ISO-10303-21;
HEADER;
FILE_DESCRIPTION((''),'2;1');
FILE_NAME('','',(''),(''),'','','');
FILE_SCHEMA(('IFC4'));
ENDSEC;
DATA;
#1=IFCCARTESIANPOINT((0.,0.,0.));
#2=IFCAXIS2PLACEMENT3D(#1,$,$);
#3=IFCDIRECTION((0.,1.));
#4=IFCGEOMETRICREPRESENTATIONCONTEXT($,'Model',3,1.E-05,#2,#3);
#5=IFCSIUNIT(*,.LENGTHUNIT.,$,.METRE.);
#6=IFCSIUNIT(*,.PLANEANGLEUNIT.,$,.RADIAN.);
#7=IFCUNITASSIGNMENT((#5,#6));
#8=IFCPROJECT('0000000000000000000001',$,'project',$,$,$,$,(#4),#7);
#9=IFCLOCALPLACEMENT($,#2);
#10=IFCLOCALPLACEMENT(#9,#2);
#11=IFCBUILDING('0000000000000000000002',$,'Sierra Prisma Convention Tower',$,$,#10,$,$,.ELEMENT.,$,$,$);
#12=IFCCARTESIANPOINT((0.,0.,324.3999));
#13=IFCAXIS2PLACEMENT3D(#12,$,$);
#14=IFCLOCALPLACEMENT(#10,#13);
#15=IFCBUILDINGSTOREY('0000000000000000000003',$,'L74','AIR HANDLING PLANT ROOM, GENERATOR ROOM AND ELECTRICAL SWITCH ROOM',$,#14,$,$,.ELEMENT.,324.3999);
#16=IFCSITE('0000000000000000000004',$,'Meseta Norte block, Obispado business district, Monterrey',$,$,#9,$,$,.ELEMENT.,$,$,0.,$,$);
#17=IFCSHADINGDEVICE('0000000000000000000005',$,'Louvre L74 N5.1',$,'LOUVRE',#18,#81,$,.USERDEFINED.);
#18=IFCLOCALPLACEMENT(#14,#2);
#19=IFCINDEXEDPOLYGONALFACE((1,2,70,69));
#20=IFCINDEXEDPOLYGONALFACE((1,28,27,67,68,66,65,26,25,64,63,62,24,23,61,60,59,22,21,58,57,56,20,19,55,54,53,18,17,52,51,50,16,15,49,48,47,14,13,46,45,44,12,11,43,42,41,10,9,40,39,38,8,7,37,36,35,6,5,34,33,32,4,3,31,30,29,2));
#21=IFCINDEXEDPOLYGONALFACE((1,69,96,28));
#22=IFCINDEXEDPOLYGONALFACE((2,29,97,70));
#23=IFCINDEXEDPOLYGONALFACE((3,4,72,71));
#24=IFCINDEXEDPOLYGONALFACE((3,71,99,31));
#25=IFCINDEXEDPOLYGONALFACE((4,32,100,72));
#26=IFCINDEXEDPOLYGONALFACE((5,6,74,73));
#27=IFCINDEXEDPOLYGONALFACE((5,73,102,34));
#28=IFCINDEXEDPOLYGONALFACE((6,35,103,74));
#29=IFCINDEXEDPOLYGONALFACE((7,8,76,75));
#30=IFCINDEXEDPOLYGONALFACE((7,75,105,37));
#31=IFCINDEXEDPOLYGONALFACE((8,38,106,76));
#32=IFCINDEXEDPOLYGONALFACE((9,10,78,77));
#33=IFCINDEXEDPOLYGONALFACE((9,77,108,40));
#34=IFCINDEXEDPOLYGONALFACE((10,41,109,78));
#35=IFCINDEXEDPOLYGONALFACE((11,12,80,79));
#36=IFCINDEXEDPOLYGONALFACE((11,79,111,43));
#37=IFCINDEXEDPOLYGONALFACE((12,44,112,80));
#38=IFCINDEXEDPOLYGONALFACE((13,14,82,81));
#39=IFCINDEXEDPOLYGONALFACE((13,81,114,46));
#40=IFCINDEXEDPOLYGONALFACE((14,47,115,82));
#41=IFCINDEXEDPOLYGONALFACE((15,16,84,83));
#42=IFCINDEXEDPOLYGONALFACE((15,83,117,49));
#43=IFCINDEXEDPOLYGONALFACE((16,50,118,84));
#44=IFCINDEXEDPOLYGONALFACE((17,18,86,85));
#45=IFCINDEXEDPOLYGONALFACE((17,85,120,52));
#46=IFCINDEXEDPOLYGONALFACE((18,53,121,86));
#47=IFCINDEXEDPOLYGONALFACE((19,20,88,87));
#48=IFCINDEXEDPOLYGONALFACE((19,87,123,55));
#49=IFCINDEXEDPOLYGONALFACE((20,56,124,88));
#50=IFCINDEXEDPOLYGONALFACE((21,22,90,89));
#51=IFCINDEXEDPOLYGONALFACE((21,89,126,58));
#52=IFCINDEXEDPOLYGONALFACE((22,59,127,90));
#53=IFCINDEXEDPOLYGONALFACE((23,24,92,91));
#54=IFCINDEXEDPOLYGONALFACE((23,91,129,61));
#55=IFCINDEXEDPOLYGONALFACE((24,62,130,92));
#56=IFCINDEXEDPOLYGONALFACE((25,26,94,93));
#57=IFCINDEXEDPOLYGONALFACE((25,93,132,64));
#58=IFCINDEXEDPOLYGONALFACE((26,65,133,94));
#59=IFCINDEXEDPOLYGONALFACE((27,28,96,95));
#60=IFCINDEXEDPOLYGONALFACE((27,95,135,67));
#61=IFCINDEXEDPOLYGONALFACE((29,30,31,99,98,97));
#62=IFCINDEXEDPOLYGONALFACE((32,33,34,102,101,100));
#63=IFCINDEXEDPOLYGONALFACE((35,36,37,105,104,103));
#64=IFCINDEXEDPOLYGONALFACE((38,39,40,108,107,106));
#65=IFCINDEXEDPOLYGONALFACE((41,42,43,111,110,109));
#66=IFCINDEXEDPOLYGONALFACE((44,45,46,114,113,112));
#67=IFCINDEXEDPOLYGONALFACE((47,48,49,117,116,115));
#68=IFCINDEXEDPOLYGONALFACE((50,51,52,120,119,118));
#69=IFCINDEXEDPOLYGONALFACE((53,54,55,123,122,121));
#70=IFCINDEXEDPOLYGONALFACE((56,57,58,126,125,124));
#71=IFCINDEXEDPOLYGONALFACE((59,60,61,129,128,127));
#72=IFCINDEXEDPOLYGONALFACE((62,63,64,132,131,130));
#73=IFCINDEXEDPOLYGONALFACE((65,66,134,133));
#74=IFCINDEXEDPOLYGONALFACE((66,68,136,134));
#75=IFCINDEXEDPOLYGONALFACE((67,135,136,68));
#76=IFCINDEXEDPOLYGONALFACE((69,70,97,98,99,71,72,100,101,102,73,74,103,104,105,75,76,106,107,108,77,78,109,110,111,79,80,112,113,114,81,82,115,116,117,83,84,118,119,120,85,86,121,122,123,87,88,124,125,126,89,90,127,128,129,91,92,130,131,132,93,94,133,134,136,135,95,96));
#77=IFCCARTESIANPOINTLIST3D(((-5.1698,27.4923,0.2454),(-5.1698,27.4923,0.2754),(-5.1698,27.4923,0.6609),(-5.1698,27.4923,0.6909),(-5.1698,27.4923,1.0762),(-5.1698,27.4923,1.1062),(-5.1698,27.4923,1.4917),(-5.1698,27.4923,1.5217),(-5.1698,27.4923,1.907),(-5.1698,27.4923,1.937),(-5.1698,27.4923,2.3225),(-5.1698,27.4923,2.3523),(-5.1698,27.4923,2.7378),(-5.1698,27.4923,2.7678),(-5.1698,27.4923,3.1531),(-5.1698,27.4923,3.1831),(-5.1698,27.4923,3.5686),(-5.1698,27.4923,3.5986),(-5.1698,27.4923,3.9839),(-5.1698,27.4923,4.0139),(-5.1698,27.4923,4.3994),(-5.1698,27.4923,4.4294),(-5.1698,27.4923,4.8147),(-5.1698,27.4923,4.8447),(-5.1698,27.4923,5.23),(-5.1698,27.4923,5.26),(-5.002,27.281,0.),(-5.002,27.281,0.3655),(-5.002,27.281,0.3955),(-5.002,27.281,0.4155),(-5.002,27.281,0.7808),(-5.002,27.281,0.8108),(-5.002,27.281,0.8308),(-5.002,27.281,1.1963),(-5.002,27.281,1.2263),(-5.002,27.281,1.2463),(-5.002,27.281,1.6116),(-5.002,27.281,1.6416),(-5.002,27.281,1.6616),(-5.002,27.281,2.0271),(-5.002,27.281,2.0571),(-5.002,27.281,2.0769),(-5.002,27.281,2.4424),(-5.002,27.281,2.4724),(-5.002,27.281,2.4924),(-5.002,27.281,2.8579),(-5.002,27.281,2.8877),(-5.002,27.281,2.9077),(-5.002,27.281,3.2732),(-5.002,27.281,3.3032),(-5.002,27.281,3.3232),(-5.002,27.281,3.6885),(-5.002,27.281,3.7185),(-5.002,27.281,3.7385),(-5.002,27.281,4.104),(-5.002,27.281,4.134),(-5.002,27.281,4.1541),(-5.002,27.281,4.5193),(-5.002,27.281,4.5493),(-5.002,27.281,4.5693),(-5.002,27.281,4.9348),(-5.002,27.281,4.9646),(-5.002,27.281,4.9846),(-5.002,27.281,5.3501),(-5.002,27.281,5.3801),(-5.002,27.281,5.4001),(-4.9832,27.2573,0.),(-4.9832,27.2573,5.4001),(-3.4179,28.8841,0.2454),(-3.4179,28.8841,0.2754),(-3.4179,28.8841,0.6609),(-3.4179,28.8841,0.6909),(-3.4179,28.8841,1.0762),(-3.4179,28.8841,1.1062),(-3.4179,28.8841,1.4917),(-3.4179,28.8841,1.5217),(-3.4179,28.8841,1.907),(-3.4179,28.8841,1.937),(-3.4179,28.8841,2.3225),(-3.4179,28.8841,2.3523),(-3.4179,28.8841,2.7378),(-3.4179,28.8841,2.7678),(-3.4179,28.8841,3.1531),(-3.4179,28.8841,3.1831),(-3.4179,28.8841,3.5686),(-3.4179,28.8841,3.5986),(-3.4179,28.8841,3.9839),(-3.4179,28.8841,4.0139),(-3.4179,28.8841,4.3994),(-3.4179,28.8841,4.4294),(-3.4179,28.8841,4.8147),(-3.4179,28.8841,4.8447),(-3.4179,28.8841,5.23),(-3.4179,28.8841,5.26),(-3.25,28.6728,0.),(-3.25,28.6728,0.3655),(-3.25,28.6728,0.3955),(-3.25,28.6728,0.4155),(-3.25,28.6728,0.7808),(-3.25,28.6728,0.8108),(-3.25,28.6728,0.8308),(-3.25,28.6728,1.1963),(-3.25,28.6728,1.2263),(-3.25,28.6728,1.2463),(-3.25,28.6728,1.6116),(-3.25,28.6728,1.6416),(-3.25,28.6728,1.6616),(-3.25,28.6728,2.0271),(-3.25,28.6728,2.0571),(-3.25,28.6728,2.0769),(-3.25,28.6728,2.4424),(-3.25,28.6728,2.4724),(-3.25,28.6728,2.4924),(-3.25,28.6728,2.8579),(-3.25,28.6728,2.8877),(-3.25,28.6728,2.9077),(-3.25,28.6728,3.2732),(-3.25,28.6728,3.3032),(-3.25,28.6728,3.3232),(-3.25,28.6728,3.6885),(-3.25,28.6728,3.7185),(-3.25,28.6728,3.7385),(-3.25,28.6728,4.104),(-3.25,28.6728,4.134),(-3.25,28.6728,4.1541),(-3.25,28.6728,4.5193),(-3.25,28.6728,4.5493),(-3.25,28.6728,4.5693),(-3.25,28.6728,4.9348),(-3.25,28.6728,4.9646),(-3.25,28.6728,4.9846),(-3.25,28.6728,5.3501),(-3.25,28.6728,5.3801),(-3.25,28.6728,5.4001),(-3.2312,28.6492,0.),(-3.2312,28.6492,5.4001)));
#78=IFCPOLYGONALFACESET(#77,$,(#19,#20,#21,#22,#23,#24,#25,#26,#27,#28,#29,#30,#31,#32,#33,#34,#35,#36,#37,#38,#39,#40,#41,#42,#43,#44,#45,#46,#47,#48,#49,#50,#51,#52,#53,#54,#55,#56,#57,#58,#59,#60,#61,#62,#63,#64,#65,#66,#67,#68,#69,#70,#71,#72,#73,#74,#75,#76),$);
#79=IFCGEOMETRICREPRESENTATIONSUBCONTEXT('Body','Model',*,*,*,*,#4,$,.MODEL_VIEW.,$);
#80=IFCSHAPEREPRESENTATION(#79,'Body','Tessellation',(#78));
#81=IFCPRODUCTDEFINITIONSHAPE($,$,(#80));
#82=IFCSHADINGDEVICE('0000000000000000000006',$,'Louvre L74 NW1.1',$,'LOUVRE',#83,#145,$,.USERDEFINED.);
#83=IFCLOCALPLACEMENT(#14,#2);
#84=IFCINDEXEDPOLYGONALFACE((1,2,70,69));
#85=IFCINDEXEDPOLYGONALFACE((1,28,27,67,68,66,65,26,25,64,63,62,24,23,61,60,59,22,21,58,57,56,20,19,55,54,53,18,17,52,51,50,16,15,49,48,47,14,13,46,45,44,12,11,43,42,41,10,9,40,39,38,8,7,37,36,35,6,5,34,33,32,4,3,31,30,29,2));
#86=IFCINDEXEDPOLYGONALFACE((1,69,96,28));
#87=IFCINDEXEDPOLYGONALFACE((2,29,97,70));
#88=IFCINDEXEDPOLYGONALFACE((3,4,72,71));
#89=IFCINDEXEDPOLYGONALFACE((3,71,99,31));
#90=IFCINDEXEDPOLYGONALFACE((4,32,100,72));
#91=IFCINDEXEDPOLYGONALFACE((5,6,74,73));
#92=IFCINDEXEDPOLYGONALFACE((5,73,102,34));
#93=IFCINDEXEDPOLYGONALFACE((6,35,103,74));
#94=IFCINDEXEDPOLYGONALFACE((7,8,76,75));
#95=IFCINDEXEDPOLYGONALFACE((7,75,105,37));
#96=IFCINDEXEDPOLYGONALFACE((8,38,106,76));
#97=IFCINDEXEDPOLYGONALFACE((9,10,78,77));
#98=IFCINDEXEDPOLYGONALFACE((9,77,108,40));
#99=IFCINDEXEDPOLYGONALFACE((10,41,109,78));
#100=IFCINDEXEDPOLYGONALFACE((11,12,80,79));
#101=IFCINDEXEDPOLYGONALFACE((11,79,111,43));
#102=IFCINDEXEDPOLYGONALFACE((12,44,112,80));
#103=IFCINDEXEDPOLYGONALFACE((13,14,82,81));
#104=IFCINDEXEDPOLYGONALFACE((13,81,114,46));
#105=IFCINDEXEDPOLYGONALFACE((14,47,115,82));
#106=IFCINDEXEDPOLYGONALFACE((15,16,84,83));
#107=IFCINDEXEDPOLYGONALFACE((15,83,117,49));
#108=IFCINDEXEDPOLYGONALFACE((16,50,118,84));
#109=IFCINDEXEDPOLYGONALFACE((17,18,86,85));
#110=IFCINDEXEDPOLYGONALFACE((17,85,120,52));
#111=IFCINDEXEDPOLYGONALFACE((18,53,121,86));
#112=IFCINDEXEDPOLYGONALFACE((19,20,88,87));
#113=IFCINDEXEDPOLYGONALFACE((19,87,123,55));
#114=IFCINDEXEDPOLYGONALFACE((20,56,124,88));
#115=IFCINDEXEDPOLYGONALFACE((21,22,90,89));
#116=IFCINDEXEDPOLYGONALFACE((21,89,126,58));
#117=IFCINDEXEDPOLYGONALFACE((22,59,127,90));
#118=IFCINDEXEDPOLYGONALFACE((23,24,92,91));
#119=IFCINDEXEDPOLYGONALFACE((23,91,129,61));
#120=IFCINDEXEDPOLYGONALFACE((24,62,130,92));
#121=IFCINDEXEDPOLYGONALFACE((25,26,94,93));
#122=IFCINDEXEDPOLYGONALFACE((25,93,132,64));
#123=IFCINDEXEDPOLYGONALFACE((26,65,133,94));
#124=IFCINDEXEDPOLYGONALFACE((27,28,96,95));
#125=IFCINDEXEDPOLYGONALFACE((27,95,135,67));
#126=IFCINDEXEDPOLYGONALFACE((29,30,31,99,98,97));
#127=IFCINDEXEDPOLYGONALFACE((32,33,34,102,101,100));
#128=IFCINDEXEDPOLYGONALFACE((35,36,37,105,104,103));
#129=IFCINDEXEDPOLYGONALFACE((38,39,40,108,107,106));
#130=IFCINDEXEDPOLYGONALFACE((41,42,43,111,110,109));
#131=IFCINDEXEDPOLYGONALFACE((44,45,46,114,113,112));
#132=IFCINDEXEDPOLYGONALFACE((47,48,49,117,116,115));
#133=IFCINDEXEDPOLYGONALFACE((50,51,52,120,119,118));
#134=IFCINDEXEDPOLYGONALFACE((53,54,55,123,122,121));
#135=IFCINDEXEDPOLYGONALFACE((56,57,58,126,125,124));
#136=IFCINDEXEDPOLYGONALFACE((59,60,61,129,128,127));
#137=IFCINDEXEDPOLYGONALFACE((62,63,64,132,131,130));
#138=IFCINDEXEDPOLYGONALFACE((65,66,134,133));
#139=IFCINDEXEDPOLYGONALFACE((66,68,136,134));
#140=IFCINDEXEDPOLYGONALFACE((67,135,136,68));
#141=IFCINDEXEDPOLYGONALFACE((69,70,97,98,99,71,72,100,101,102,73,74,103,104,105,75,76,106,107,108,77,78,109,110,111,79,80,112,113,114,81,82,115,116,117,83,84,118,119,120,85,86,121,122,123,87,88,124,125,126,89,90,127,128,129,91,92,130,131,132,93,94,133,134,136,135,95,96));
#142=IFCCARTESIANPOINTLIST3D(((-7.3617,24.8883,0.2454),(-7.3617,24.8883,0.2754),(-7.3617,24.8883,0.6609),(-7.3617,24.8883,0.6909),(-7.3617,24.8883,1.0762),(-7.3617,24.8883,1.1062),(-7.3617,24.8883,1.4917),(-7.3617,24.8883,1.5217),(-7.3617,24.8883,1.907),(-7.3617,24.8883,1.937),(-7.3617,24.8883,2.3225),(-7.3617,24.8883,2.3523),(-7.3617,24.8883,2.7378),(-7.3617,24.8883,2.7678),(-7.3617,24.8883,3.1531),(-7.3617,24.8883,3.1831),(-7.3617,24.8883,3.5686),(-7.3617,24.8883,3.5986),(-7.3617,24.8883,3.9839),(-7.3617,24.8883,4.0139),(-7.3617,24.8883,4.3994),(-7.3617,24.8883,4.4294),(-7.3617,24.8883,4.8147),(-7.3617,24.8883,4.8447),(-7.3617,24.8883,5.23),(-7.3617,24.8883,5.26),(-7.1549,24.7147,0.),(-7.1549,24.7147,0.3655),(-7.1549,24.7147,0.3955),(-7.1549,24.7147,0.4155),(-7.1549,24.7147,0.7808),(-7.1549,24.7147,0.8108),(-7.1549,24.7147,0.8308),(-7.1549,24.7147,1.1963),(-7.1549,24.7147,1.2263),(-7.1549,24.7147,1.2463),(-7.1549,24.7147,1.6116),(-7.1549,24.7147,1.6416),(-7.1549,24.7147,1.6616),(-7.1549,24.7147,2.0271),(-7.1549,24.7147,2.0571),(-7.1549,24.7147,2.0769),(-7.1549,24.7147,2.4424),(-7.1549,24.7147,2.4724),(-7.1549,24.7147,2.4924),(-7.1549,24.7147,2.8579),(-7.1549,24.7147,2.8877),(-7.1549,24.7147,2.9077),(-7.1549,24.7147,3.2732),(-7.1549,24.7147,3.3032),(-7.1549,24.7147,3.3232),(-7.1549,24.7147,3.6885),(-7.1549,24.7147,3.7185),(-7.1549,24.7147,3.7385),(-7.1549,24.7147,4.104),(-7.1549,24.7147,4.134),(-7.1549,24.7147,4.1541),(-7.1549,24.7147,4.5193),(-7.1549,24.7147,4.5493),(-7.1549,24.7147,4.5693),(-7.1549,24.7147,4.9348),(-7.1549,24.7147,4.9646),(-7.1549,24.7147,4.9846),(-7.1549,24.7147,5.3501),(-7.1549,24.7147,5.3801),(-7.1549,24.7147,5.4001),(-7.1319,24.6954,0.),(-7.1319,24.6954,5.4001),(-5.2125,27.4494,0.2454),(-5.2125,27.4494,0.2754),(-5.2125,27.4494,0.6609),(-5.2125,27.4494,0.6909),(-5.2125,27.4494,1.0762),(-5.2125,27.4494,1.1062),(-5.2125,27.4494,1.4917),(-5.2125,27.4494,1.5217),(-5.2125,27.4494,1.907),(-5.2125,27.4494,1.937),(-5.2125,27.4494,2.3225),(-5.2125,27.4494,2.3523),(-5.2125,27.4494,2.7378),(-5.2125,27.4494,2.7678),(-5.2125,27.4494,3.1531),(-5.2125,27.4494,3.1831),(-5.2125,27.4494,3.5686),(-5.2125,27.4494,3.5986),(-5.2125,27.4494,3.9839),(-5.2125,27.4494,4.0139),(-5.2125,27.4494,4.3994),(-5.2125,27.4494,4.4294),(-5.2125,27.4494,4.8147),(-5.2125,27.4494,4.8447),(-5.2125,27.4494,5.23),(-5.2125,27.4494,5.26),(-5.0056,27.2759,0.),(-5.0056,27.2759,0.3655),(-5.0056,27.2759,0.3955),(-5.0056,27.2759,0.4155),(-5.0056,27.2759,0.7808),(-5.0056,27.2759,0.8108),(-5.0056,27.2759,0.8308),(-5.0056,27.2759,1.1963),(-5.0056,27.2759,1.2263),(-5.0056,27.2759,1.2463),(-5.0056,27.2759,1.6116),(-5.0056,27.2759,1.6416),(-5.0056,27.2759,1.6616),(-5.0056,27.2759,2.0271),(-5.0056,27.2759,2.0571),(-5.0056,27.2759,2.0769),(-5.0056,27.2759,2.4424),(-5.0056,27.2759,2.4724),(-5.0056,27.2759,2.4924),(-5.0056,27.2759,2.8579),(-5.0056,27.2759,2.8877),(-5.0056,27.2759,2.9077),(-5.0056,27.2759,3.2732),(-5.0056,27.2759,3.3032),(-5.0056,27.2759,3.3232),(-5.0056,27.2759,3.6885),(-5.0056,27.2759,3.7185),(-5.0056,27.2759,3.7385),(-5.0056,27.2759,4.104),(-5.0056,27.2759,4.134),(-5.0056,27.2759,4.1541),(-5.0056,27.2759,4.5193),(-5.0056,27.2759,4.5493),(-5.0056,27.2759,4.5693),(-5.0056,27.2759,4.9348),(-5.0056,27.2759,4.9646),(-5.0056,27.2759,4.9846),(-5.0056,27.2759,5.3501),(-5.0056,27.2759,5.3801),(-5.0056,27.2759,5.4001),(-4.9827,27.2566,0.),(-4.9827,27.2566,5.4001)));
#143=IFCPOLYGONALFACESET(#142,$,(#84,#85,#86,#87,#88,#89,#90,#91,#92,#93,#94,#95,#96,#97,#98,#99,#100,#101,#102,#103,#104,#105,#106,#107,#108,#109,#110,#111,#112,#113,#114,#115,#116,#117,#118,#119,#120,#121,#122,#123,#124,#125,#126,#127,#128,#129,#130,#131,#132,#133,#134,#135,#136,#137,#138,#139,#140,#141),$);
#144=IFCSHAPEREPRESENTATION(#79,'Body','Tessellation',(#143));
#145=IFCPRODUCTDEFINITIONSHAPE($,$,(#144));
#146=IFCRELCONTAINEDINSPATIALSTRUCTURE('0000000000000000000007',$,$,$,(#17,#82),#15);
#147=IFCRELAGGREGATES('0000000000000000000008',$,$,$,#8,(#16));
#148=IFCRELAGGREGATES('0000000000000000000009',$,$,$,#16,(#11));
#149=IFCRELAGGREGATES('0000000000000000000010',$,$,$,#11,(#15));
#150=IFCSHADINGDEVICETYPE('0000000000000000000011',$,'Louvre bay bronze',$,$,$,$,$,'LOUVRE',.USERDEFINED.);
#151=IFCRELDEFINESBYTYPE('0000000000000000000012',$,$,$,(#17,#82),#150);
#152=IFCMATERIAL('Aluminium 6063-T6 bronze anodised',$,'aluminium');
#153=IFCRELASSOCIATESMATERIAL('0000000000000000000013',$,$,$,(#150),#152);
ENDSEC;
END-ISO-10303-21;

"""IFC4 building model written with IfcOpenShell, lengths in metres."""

from ifc_helpers import new_model, si_unit, direction, frame, origin, place, context, subcontext, project, spatial, polyline, outline, extrude, material, type_object, element, save


model = new_model("IFC4")

# Units and contexts
model_context = context("Model", 3, precision=1e-05, world=origin(), true_north=direction((0.0, 1.0)))
body_context = subcontext(model_context, "Body", "Model", "MODEL_VIEW")
ifc_project = project(units=[si_unit("LENGTHUNIT", "METRE"), si_unit("PLANEANGLEUNIT", "RADIAN")], contexts=[model_context])

# Site, building, storey
site_placement = place(None, origin())
site = spatial("IfcSite", under=ifc_project, at=site_placement, Name="Meseta Norte block, Obispado business district, Monterrey", CompositionType="ELEMENT", RefElevation=0.0)
building_placement = place(site_placement, origin())
building = spatial("IfcBuilding", under=site, at=building_placement, Name="Sierra Prisma Convention Tower", CompositionType="ELEMENT")
storey_placement = place(building_placement, frame((0.0, 0.0, 324.3999)))
storey = spatial("IfcBuildingStorey", under=building, at=storey_placement, Name="L74", Description="AIR HANDLING PLANT ROOM, GENERATOR ROOM AND ELECTRICAL SWITCH ROOM", CompositionType="ELEMENT", Elevation=324.3999)

# Shading devices
ifc_material_1 = material(Name="Aluminium 6063-T6 bronze anodised", Category="aluminium")
shading_device_type = type_object("IfcShadingDeviceType", Name="Louvre bay bronze", ElementType="LOUVRE", PredefinedType="USERDEFINED", material=ifc_material_1)
shading_device_1_placement = place(storey_placement, frame((-3.2312, 28.6492, 0.0), z_axis=(0.782993, 0.62203, 0.0), x_axis=(0.0, 0.0, 1.0)))
element("IfcShadingDevice", 1, at=shading_device_1_placement, inside=storey, type_object=shading_device_type, Name="Louvre L74 N5.1", ObjectType="LOUVRE", PredefinedType="USERDEFINED", context=body_context, shape_type="SweptSolid", body=[
    extrude(outline(polyline([(0.0, 0.0), (5.4001, 0.0), (5.4001, -0.0302), (5.3801, -0.0302), (5.26, -0.3001), (5.23, -0.3001), (5.3501, -0.0302), (4.9846, -0.0302), (4.9646, -0.0302), (4.8447, -0.3001), (4.8147, -0.3001), (4.9348, -0.0302), (4.5693, -0.0302), (4.5493, -0.0302), (4.4294, -0.3001), (4.3994, -0.3001), (4.5193, -0.0302), (4.1541, -0.0302), (4.134, -0.0302), (4.0139, -0.3001), (3.9839, -0.3001), (4.104, -0.0302), (3.7385, -0.0302), (3.7185, -0.0302), (3.5986, -0.3001), (3.5686, -0.3001), (3.6885, -0.0302), (3.3232, -0.0302), (3.3032, -0.0302), (3.1831, -0.3001), (3.1531, -0.3001), (3.2732, -0.0302), (2.9077, -0.0302), (2.8877, -0.0302), (2.7678, -0.3001), (2.7378, -0.3001), (2.8579, -0.0302), (2.4924, -0.0302), (2.4724, -0.0302), (2.3523, -0.3001), (2.3225, -0.3001), (2.4424, -0.0302), (2.0769, -0.0302), (2.0571, -0.0302), (1.937, -0.3001), (1.907, -0.3001), (2.0271, -0.0302), (1.6616, -0.0302), (1.6416, -0.0302), (1.5217, -0.3001), (1.4917, -0.3001), (1.6116, -0.0302), (1.2463, -0.0302), (1.2263, -0.0302), (1.1062, -0.3001), (1.0762, -0.3001), (1.1963, -0.0302), (0.8308, -0.0302), (0.8108, -0.0302), (0.6909, -0.3001), (0.6609, -0.3001), (0.7808, -0.0302), (0.4155, -0.0302), (0.3955, -0.0302), (0.2754, -0.3001), (0.2454, -0.3001), (0.3655, -0.0302), (0.0, -0.0302), (0.0, 0.0)])), origin(), (0.0, 0.0, -1.0), 2.2375),
])
shading_device_2_placement = place(storey_placement, frame((-4.9827, 27.2566, 0.0), z_axis=(0.642823, 0.766015, 0.0), x_axis=(0.0, 0.0, 1.0)))
element("IfcShadingDevice", 2, at=shading_device_2_placement, inside=storey, type_object=shading_device_type, Name="Louvre L74 NW1.1", ObjectType="LOUVRE", PredefinedType="USERDEFINED", context=body_context, shape_type="SweptSolid", body=[
    extrude(outline(polyline([(0.0, 0.0), (5.4001, 0.0), (5.4001, -0.03), (5.3801, -0.03), (5.26, -0.3), (5.23, -0.3), (5.3501, -0.03), (4.9846, -0.03), (4.9646, -0.03), (4.8447, -0.3), (4.8147, -0.3), (4.9348, -0.03), (4.5693, -0.03), (4.5493, -0.03), (4.4294, -0.3), (4.3994, -0.3), (4.5193, -0.03), (4.1541, -0.03), (4.134, -0.03), (4.0139, -0.3), (3.9839, -0.3), (4.104, -0.03), (3.7385, -0.03), (3.7185, -0.03), (3.5986, -0.3), (3.5686, -0.3), (3.6885, -0.03), (3.3232, -0.03), (3.3032, -0.03), (3.1831, -0.3), (3.1531, -0.3), (3.2732, -0.03), (2.9077, -0.03), (2.8877, -0.03), (2.7678, -0.3), (2.7378, -0.3), (2.8579, -0.03), (2.4924, -0.03), (2.4724, -0.03), (2.3523, -0.3), (2.3225, -0.3), (2.4424, -0.03), (2.0769, -0.03), (2.0571, -0.03), (1.937, -0.3), (1.907, -0.3), (2.0271, -0.03), (1.6616, -0.03), (1.6416, -0.03), (1.5217, -0.3), (1.4917, -0.3), (1.6116, -0.03), (1.2463, -0.03), (1.2263, -0.03), (1.1062, -0.3), (1.0762, -0.3), (1.1963, -0.03), (0.8308, -0.03), (0.8108, -0.03), (0.6909, -0.3), (0.6609, -0.3), (0.7808, -0.03), (0.4155, -0.03), (0.3955, -0.03), (0.2754, -0.3), (0.2454, -0.3), (0.3655, -0.03), (0.0, -0.03), (0.0, 0.0)])), origin(), (0.0, 0.0, -1.0), 3.3435),
])

save(model, "model.ifc")
